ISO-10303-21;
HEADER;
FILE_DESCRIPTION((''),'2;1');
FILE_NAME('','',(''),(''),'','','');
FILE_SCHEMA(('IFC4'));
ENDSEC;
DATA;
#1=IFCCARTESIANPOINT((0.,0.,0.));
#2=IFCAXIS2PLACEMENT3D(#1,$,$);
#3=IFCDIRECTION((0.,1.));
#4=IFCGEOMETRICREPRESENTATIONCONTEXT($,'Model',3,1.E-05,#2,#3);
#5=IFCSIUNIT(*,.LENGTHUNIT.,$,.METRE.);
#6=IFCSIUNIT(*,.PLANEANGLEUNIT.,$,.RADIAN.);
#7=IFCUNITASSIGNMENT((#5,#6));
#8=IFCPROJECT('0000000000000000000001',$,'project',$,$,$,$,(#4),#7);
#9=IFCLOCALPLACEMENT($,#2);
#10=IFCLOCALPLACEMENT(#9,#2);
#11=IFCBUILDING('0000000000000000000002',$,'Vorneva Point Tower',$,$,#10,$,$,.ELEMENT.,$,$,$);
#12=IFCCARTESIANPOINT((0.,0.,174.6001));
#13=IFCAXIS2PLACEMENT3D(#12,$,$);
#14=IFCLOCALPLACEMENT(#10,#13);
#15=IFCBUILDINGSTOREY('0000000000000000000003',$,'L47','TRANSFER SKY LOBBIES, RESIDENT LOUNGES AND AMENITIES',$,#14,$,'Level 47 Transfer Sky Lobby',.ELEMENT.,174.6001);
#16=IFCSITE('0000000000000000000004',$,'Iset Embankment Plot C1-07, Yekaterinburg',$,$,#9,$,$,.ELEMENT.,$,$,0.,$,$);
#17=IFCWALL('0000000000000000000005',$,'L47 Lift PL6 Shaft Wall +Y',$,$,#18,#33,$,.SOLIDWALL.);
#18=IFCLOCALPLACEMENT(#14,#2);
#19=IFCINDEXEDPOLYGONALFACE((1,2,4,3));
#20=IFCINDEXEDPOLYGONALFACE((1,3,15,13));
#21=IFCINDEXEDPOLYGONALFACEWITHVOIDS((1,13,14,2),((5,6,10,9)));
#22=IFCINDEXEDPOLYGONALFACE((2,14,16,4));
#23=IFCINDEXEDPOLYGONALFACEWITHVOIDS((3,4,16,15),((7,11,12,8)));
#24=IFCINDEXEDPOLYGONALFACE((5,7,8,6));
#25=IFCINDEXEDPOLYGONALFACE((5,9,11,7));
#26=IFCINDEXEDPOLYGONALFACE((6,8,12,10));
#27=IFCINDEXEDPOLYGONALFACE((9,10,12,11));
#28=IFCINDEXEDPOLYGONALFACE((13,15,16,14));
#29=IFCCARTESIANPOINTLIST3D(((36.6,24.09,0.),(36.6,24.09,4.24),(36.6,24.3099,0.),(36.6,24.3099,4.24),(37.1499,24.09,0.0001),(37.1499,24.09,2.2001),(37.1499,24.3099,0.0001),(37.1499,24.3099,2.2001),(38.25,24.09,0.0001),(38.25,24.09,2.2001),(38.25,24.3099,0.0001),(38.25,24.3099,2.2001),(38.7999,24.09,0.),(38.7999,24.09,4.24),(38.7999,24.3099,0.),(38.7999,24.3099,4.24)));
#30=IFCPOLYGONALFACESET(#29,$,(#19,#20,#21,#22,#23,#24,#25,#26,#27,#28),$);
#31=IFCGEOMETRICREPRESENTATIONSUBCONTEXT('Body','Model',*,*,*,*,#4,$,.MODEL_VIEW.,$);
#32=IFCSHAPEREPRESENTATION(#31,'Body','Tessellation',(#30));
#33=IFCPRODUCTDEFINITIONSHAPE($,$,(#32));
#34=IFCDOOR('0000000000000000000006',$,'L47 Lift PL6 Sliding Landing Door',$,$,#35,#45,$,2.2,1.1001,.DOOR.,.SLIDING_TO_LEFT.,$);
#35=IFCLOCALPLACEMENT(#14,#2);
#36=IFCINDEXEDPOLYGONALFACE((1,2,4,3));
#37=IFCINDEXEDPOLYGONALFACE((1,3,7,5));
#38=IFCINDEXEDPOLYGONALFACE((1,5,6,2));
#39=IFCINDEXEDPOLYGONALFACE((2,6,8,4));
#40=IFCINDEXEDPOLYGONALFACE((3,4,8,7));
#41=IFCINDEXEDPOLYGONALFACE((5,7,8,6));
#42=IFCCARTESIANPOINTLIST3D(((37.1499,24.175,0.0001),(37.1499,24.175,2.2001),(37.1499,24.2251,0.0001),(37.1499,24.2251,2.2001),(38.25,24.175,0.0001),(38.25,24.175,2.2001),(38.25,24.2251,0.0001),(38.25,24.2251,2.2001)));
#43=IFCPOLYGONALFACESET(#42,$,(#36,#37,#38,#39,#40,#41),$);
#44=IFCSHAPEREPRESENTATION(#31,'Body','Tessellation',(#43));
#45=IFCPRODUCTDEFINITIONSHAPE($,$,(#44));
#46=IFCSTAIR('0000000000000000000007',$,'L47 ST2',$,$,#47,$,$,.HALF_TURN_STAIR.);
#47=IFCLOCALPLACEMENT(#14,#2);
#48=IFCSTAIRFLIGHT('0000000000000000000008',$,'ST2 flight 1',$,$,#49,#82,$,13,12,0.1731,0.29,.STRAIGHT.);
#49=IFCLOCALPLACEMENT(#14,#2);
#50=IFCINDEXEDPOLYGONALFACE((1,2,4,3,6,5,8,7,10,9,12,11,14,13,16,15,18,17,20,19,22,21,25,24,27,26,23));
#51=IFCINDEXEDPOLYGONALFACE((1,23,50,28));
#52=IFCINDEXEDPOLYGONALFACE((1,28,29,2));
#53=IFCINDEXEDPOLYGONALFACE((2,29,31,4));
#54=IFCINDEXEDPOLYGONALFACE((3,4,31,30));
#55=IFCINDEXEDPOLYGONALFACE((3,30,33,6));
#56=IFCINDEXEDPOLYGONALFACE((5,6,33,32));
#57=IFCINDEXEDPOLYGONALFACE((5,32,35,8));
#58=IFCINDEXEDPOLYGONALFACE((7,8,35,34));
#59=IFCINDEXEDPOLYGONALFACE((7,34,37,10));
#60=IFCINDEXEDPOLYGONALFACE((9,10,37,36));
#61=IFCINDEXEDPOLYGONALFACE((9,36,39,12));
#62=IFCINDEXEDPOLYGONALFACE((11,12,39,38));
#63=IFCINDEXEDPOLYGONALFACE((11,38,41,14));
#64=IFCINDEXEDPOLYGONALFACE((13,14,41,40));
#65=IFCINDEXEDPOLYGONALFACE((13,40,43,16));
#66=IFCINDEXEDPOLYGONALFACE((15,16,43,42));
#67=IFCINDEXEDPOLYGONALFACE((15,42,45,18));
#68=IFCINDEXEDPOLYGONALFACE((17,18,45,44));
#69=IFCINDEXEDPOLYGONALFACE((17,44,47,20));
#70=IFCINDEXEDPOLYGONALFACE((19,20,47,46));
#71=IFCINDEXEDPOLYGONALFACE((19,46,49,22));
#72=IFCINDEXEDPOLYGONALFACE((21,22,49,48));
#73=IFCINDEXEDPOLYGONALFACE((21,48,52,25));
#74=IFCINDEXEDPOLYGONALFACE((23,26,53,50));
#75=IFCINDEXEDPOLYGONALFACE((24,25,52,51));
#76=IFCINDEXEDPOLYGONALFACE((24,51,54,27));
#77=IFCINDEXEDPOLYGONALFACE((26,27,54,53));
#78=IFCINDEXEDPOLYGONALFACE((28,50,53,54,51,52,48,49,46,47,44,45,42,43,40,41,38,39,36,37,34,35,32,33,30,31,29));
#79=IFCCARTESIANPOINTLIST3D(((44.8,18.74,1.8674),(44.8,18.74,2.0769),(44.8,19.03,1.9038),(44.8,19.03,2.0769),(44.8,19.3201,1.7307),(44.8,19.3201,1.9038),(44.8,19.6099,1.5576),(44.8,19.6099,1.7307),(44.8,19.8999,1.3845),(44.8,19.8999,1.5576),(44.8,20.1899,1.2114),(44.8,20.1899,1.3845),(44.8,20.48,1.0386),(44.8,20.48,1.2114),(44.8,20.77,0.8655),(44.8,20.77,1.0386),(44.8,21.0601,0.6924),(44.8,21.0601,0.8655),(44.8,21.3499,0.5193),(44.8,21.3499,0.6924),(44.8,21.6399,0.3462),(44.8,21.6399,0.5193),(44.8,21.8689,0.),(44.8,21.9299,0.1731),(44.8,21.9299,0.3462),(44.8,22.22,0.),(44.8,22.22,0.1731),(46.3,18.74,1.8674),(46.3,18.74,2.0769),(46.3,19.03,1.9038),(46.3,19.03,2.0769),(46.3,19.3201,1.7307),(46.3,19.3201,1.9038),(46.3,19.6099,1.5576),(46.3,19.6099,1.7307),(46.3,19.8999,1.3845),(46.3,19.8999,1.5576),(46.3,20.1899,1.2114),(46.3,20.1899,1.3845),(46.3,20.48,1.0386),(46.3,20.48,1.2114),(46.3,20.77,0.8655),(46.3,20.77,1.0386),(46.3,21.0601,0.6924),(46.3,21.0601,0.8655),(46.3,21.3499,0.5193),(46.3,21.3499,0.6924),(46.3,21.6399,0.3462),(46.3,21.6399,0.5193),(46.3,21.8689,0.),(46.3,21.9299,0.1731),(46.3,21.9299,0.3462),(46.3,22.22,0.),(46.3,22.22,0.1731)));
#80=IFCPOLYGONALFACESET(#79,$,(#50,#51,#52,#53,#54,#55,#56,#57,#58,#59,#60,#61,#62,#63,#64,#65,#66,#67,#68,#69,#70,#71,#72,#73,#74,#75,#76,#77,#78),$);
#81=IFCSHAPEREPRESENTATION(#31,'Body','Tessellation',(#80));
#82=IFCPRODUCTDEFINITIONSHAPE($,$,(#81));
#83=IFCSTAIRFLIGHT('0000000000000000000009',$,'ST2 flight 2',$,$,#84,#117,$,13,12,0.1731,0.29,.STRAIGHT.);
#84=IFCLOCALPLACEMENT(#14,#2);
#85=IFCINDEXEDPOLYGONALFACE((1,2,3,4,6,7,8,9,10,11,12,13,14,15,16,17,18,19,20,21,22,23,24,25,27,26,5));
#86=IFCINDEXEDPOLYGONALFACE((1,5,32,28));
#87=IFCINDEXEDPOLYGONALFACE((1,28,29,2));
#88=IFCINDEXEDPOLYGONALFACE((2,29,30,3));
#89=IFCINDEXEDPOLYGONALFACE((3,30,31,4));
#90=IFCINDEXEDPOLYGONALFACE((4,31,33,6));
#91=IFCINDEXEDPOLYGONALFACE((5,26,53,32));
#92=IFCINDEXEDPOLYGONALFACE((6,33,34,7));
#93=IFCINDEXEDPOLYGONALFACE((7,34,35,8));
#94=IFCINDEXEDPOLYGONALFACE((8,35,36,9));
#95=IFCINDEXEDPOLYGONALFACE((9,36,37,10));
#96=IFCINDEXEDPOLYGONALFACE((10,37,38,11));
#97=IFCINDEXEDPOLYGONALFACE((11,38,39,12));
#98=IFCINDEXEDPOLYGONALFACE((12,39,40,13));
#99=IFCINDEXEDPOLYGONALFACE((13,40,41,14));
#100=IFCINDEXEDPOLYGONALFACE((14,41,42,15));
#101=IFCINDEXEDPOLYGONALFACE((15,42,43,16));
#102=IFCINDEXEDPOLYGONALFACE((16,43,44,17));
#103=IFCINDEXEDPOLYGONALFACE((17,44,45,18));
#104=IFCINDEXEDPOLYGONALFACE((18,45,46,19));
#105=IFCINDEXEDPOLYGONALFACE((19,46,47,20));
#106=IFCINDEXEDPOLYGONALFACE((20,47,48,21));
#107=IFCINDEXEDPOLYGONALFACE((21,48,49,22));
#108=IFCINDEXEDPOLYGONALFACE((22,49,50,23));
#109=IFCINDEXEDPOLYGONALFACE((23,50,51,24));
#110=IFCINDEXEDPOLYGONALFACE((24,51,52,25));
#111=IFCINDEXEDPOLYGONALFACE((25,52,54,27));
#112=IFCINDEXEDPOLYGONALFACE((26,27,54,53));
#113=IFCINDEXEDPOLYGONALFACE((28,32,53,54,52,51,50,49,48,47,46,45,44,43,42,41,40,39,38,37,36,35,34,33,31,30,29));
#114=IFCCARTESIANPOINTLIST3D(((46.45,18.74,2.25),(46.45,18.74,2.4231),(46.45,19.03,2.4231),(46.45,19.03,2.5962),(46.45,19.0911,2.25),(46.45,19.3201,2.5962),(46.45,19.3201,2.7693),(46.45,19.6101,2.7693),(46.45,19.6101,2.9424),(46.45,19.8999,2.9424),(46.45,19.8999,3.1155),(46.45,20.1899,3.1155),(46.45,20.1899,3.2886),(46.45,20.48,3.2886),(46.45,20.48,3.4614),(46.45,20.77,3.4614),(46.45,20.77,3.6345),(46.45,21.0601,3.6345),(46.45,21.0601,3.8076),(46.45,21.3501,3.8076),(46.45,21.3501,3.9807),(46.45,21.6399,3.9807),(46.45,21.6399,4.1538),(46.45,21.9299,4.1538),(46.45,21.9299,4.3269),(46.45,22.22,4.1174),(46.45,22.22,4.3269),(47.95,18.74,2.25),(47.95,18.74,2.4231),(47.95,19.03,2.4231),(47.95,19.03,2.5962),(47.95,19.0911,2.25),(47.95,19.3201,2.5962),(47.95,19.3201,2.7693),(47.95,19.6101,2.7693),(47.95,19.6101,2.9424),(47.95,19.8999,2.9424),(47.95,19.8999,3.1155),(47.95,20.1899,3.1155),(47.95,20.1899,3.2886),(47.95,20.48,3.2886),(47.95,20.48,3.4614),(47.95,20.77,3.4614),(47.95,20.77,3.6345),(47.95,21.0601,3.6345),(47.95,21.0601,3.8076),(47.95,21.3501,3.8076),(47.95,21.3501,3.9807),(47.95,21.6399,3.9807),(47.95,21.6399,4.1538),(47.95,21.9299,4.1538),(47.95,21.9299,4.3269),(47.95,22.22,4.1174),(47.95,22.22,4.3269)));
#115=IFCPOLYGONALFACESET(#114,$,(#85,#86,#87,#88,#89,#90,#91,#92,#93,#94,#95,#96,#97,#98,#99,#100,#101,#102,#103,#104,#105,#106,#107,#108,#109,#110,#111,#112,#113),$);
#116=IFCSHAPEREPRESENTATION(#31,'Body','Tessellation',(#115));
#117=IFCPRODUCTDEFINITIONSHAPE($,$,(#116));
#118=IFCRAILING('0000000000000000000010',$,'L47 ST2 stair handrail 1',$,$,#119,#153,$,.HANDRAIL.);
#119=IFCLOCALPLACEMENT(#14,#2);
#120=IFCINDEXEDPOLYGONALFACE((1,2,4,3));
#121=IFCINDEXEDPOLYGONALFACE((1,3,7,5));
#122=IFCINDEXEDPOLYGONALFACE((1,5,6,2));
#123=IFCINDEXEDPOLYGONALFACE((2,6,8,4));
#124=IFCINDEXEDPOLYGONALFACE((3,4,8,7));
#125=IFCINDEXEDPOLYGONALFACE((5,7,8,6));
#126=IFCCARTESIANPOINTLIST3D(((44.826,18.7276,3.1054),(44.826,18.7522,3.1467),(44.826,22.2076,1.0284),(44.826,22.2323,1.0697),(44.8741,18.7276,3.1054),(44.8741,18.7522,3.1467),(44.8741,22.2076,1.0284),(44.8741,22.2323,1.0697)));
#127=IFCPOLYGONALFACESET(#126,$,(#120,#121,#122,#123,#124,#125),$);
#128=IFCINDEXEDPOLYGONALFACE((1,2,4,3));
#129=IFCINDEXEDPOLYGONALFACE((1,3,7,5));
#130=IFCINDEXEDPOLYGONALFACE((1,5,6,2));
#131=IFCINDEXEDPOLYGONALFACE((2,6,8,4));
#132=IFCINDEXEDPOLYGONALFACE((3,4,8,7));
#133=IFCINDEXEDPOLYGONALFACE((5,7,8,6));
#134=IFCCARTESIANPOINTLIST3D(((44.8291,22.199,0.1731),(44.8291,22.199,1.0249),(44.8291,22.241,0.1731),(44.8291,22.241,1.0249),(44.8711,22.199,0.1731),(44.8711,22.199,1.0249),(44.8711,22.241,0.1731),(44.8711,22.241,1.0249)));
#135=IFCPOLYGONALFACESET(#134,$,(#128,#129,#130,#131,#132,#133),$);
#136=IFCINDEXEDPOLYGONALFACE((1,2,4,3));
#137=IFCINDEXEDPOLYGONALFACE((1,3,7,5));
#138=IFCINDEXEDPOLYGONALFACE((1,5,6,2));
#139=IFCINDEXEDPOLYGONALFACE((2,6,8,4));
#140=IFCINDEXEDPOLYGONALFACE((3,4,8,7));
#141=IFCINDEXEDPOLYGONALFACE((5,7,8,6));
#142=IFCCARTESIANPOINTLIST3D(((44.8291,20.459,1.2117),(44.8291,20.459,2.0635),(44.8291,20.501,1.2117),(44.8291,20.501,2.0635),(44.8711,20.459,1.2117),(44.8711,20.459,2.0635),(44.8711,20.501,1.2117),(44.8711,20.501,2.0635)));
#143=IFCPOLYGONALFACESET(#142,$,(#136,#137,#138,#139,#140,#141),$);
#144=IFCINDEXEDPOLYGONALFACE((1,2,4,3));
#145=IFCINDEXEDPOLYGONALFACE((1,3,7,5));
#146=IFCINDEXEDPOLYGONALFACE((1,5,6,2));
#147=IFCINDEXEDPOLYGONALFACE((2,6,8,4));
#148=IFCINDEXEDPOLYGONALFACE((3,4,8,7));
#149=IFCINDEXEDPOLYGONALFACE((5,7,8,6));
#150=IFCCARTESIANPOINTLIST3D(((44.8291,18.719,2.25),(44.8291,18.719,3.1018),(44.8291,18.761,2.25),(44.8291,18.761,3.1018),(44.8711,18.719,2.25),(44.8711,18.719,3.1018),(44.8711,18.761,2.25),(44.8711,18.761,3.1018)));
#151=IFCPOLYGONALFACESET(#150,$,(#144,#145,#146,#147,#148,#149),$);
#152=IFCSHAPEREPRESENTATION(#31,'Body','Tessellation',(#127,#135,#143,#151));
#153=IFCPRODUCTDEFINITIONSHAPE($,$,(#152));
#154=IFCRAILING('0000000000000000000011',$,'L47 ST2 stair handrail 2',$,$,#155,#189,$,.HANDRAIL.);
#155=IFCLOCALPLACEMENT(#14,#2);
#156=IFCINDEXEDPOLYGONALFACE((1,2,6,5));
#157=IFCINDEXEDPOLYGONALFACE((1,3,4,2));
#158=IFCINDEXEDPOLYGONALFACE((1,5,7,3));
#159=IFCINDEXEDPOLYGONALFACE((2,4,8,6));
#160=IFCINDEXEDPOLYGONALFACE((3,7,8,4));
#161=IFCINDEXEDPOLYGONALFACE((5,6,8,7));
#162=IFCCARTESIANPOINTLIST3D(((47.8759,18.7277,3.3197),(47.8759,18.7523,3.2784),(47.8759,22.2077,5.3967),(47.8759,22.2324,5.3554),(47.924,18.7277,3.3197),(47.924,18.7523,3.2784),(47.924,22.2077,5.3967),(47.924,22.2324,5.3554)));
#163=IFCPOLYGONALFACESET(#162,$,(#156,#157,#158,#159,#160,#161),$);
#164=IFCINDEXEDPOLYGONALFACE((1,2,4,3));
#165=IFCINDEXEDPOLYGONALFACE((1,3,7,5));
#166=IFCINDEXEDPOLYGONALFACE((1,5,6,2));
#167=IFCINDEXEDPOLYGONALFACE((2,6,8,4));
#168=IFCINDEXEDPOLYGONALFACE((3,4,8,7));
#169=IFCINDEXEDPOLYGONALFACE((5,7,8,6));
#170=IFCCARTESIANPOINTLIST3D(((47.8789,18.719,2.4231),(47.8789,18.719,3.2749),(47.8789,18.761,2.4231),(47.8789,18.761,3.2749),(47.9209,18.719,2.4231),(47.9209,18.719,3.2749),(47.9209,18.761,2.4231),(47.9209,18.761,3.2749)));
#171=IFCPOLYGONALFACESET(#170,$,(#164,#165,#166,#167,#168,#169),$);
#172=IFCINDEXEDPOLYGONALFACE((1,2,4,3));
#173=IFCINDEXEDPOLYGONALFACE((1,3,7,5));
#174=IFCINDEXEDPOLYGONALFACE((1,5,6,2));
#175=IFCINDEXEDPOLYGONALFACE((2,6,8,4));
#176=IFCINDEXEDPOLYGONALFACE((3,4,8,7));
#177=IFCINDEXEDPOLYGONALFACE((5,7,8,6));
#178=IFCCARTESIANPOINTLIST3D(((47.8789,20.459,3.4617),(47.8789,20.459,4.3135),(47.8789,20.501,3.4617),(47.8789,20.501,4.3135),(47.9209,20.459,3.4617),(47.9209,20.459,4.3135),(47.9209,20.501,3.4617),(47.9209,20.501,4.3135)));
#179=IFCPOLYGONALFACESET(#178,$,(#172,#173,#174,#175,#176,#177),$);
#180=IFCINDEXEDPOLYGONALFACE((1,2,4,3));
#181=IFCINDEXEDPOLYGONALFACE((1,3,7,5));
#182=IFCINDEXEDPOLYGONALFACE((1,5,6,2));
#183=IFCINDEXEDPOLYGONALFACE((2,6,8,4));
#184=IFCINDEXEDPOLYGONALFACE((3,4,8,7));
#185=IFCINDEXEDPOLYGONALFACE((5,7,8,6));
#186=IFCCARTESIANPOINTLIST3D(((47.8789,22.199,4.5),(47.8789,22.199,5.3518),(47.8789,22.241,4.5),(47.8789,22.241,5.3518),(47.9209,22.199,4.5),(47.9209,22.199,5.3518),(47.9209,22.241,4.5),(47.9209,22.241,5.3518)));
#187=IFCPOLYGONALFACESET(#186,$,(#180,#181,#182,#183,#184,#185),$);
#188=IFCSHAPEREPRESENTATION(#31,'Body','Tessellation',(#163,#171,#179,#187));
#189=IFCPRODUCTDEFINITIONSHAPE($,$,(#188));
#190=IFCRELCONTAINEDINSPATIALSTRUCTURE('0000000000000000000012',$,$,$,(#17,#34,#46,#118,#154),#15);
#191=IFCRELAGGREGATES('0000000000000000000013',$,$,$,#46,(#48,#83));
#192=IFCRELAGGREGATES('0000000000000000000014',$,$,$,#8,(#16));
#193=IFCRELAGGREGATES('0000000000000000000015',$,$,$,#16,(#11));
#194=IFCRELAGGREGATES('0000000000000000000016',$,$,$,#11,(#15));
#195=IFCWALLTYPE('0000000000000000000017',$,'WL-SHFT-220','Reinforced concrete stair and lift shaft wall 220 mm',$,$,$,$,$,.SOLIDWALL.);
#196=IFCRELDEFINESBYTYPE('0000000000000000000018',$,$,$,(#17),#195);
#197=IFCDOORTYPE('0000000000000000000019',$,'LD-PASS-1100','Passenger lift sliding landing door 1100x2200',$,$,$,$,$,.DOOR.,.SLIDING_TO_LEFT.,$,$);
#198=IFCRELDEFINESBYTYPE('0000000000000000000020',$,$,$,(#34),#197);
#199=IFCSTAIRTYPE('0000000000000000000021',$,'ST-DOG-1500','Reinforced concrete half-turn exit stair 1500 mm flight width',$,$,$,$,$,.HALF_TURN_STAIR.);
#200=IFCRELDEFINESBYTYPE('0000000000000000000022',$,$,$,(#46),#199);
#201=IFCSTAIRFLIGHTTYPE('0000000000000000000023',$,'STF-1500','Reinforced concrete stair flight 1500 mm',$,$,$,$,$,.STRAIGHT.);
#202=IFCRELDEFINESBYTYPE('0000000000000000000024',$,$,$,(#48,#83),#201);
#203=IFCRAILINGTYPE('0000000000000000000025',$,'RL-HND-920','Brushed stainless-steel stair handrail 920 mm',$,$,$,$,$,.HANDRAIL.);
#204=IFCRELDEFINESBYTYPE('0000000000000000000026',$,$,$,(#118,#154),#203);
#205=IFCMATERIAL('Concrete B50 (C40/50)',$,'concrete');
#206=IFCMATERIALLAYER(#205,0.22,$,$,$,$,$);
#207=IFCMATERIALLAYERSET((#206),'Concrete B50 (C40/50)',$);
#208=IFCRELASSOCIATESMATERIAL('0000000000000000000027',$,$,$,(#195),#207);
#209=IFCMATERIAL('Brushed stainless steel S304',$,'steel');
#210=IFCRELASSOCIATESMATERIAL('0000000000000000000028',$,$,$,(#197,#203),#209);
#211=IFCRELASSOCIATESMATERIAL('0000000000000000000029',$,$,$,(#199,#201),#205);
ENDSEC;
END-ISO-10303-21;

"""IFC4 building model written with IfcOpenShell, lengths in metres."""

from ifc_helpers import new_model, si_unit, direction, frame, frame_2d, origin, origin_2d, place, context, subcontext, project, spatial, polyline, rectangle, outline, extrude, material, layer, layer_set, type_object, element, fill, aggregate, save


model = new_model("IFC4")

# Units and contexts
model_context = context("Model", 3, precision=1e-05, world=origin(), true_north=direction((0.0, 1.0)))
body_context = subcontext(model_context, "Body", "Model", "MODEL_VIEW")
ifc_project = project(units=[si_unit("LENGTHUNIT", "METRE"), si_unit("PLANEANGLEUNIT", "RADIAN")], contexts=[model_context])

# Site, building, storey
site_placement = place(None, origin())
site = spatial("IfcSite", under=ifc_project, at=site_placement, Name="Iset Embankment Plot C1-07, Yekaterinburg", CompositionType="ELEMENT", RefElevation=0.0)
building_placement = place(site_placement, origin())
building = spatial("IfcBuilding", under=site, at=building_placement, Name="Vorneva Point Tower", CompositionType="ELEMENT")
storey_placement = place(building_placement, frame((0.0, 0.0, 174.6001)))
storey = spatial("IfcBuildingStorey", under=building, at=storey_placement, Name="L47", Description="TRANSFER SKY LOBBIES, RESIDENT LOUNGES AND AMENITIES", LongName="Level 47 Transfer Sky Lobby", CompositionType="ELEMENT", Elevation=174.6001)

# Shared definitions
ifc_material_1 = material(Name="Concrete B50 (C40/50)", Category="concrete")
ifc_layer_1 = layer(ifc_material_1, 0.22)
ifc_layer_set_1 = layer_set([ifc_layer_1], Name="Concrete B50 (C40/50)")
wall_type_1 = type_object("IfcWallType", Name="WL-SHFT-220", Description="Reinforced concrete stair and lift shaft wall 220 mm", PredefinedType="SOLIDWALL", material=ifc_layer_set_1)

# Wall, opening, door
wall_1_placement = place(storey_placement, frame((38.8, 24.2, 0.0), z_axis=(0.0, 0.0, 1.0), x_axis=(-1.0, 0.0, 0.0)))
wall_1 = element("IfcWall", 1, at=wall_1_placement, inside=storey, type_object=wall_type_1, Name="L47 Lift PL6 Shaft Wall +Y", PredefinedType="SOLIDWALL", context=body_context, shape_type="SweptSolid", body=[
    extrude(rectangle(XDim=2.2, YDim=0.22, at=frame_2d((1.1001, 0.0))), origin(), (0.0, 0.0, 1.0), 4.24),
])
opening_1_placement = place(wall_1_placement, frame((0.55, 0.0, 0.0)))
opening_1 = element("IfcOpeningElement", 2, at=opening_1_placement, cuts=wall_1, PredefinedType="OPENING", context=body_context, shape_type="SweptSolid", body=[
    extrude(rectangle(XDim=1.1001, YDim=2.2, at=frame_2d((0.55, 1.1001))), frame((0.0, 0.125, 0.0), z_axis=(0.0, -1.0, 0.0), x_axis=(1.0, 0.0, 0.0)), (0.0, 0.0, 1.0), 0.2498),
])
ifc_material_2 = material(Name="Brushed stainless steel S304", Category="steel")
door_type_1 = type_object("IfcDoorType", Name="LD-PASS-1100", Description="Passenger lift sliding landing door 1100x2200", OperationType="SLIDING_TO_LEFT", PredefinedType="DOOR", material=ifc_material_2)
door_1_placement = place(opening_1_placement, origin())
door_1 = element("IfcDoor", 3, at=door_1_placement, inside=storey, type_object=door_type_1, Name="L47 Lift PL6 Sliding Landing Door", OperationType="SLIDING_TO_LEFT", OverallHeight=2.2, OverallWidth=1.1001, PredefinedType="DOOR", context=body_context, shape_type="SweptSolid", body=[
    extrude(rectangle(XDim=1.1001, YDim=2.2, at=frame_2d((0.55, 1.1001))), frame((0.0, 0.0249, 0.0), z_axis=(0.0, -1.0, 0.0), x_axis=(1.0, 0.0, 0.0)), (0.0, 0.0, 1.0), 0.05),
])
fill(opening_1, door_1)

# Stair, stair flights
stair_type = type_object("IfcStairType", Name="ST-DOG-1500", Description="Reinforced concrete half-turn exit stair 1500 mm flight width", PredefinedType="HALF_TURN_STAIR", material=ifc_material_1)
stair_placement = place(storey_placement, origin())
stair = element("IfcStair", 4, at=stair_placement, inside=storey, type_object=stair_type, Name="L47 ST2", PredefinedType="HALF_TURN_STAIR")
stair_flight_type = type_object("IfcStairFlightType", Name="STF-1500", Description="Reinforced concrete stair flight 1500 mm", PredefinedType="STRAIGHT", material=ifc_material_1)
stair_flight_1_placement = place(storey_placement, frame((45.55, 22.22, 0.0), z_axis=(0.0, 0.0, 1.0), x_axis=(0.0, -1.0, 0.0)))
stair_flight_1 = element("IfcStairFlight", 5, at=stair_flight_1_placement, type_object=stair_flight_type, Name="ST2 flight 1", NumberOfRisers=13, NumberOfTreads=12, PredefinedType="STRAIGHT", RiserHeight=0.1731, TreadLength=0.29, context=body_context, shape_type="SweptSolid", body=[
    extrude(outline(polyline([(0.0, 0.0), (0.0, 0.1731), (0.29, 0.1731), (0.29, 0.3462), (0.5801, 0.3462), (0.5801, 0.5193), (0.8701, 0.5193), (0.8701, 0.6924), (1.1599, 0.6924), (1.1599, 0.8655), (1.45, 0.8655), (1.45, 1.0386), (1.74, 1.0386), (1.74, 1.2114), (2.03, 1.2114), (2.03, 1.3845), (2.3201, 1.3845), (2.3201, 1.5576), (2.6101, 1.5576), (2.6101, 1.7307), (2.8999, 1.7307), (2.8999, 1.9038), (3.1899, 1.9038), (3.1899, 2.0769), (3.48, 2.0769), (3.48, 2.25), (3.48, 1.8674), (0.3511, 0.0), (0.0, 0.0)])), frame((0.0, 0.75, 0.0), z_axis=(0.0, -1.0, 0.0), x_axis=(1.0, 0.0, 0.0)), (0.0, 0.0, 1.0), 1.5),
])
stair_flight_2_placement = place(storey_placement, frame((47.2, 18.74, 2.25), z_axis=(0.0, 0.0, 1.0), x_axis=(0.0, 1.0, 0.0)))
stair_flight_2 = element("IfcStairFlight", 6, at=stair_flight_2_placement, type_object=stair_flight_type, Name="ST2 flight 2", NumberOfRisers=13, NumberOfTreads=12, PredefinedType="STRAIGHT", RiserHeight=0.1731, TreadLength=0.29, context=body_context, shape_type="SweptSolid", body=[
    extrude(outline(polyline([(0.0, 0.0), (0.0, 0.1731), (0.29, 0.1731), (0.29, 0.3462), (0.5801, 0.3462), (0.5801, 0.5193), (0.8701, 0.5193), (0.8701, 0.6924), (1.1599, 0.6924), (1.1599, 0.8655), (1.45, 0.8655), (1.45, 1.0386), (1.74, 1.0386), (1.74, 1.2114), (2.03, 1.2114), (2.03, 1.3845), (2.3201, 1.3845), (2.3201, 1.5576), (2.6101, 1.5576), (2.6101, 1.7307), (2.8999, 1.7307), (2.8999, 1.9038), (3.1899, 1.9038), (3.1899, 2.0769), (3.48, 2.0769), (3.48, 2.25), (3.48, 1.8674), (0.3511, 0.0), (0.0, 0.0)])), frame((0.0, 0.75, 0.0), z_axis=(0.0, -1.0, 0.0), x_axis=(1.0, 0.0, 0.0)), (0.0, 0.0, 1.0), 1.5),
])
aggregate(stair, [stair_flight_1, stair_flight_2])

# Railings
railing_type_1 = type_object("IfcRailingType", Name="RL-HND-920", Description="Brushed stainless-steel stair handrail 920 mm", PredefinedType="HANDRAIL", material=ifc_material_2)
railing_1_placement = place(storey_placement, frame((44.8501, 22.22, 0.1731)))
element("IfcRailing", 7, at=railing_1_placement, inside=storey, type_object=railing_type_1, Name="L47 ST2 stair handrail 1", PredefinedType="HANDRAIL", context=body_context, shape_type="SweptSolid", body=[
    extrude(rectangle(XDim=0.0481, YDim=0.0481, at=origin_2d()), frame((0.0, 0.0, 0.876), z_axis=(0.0, -0.858697, 0.512483), x_axis=(1.0, 0.0, 0.0)), (0.0, 0.0, 1.0), 4.0527),
    extrude(rectangle(XDim=0.042, YDim=0.042, at=origin_2d()), origin(), (0.0, 0.0, 1.0), 0.8518),
    extrude(rectangle(XDim=0.042, YDim=0.042, at=origin_2d()), frame((0.0, -1.74, 1.0386)), (0.0, 0.0, 1.0), 0.8518),
    extrude(rectangle(XDim=0.042, YDim=0.042, at=origin_2d()), frame((0.0, -3.48, 2.0769)), (0.0, 0.0, 1.0), 0.8518),
])
railing_2_placement = place(storey_placement, frame((47.8999, 18.74, 2.4231)))
element("IfcRailing", 8, at=railing_2_placement, inside=storey, type_object=railing_type_1, Name="L47 ST2 stair handrail 2", PredefinedType="HANDRAIL", context=body_context, shape_type="SweptSolid", body=[
    extrude(rectangle(XDim=0.0481, YDim=0.0481, at=origin_2d()), frame((0.0, 0.0, 0.876), z_axis=(0.0, 0.858697, 0.512483), x_axis=(-1.0, 0.0, 0.0)), (0.0, 0.0, 1.0), 4.0527),
    extrude(rectangle(XDim=0.042, YDim=0.042, at=origin_2d()), origin(), (0.0, 0.0, 1.0), 0.8518),
    extrude(rectangle(XDim=0.042, YDim=0.042, at=origin_2d()), frame((0.0, 1.74, 1.0386)), (0.0, 0.0, 1.0), 0.8518),
    extrude(rectangle(XDim=0.042, YDim=0.042, at=origin_2d()), frame((0.0, 3.48, 2.0769)), (0.0, 0.0, 1.0), 0.8518),
])

save(model, "model.ifc")
